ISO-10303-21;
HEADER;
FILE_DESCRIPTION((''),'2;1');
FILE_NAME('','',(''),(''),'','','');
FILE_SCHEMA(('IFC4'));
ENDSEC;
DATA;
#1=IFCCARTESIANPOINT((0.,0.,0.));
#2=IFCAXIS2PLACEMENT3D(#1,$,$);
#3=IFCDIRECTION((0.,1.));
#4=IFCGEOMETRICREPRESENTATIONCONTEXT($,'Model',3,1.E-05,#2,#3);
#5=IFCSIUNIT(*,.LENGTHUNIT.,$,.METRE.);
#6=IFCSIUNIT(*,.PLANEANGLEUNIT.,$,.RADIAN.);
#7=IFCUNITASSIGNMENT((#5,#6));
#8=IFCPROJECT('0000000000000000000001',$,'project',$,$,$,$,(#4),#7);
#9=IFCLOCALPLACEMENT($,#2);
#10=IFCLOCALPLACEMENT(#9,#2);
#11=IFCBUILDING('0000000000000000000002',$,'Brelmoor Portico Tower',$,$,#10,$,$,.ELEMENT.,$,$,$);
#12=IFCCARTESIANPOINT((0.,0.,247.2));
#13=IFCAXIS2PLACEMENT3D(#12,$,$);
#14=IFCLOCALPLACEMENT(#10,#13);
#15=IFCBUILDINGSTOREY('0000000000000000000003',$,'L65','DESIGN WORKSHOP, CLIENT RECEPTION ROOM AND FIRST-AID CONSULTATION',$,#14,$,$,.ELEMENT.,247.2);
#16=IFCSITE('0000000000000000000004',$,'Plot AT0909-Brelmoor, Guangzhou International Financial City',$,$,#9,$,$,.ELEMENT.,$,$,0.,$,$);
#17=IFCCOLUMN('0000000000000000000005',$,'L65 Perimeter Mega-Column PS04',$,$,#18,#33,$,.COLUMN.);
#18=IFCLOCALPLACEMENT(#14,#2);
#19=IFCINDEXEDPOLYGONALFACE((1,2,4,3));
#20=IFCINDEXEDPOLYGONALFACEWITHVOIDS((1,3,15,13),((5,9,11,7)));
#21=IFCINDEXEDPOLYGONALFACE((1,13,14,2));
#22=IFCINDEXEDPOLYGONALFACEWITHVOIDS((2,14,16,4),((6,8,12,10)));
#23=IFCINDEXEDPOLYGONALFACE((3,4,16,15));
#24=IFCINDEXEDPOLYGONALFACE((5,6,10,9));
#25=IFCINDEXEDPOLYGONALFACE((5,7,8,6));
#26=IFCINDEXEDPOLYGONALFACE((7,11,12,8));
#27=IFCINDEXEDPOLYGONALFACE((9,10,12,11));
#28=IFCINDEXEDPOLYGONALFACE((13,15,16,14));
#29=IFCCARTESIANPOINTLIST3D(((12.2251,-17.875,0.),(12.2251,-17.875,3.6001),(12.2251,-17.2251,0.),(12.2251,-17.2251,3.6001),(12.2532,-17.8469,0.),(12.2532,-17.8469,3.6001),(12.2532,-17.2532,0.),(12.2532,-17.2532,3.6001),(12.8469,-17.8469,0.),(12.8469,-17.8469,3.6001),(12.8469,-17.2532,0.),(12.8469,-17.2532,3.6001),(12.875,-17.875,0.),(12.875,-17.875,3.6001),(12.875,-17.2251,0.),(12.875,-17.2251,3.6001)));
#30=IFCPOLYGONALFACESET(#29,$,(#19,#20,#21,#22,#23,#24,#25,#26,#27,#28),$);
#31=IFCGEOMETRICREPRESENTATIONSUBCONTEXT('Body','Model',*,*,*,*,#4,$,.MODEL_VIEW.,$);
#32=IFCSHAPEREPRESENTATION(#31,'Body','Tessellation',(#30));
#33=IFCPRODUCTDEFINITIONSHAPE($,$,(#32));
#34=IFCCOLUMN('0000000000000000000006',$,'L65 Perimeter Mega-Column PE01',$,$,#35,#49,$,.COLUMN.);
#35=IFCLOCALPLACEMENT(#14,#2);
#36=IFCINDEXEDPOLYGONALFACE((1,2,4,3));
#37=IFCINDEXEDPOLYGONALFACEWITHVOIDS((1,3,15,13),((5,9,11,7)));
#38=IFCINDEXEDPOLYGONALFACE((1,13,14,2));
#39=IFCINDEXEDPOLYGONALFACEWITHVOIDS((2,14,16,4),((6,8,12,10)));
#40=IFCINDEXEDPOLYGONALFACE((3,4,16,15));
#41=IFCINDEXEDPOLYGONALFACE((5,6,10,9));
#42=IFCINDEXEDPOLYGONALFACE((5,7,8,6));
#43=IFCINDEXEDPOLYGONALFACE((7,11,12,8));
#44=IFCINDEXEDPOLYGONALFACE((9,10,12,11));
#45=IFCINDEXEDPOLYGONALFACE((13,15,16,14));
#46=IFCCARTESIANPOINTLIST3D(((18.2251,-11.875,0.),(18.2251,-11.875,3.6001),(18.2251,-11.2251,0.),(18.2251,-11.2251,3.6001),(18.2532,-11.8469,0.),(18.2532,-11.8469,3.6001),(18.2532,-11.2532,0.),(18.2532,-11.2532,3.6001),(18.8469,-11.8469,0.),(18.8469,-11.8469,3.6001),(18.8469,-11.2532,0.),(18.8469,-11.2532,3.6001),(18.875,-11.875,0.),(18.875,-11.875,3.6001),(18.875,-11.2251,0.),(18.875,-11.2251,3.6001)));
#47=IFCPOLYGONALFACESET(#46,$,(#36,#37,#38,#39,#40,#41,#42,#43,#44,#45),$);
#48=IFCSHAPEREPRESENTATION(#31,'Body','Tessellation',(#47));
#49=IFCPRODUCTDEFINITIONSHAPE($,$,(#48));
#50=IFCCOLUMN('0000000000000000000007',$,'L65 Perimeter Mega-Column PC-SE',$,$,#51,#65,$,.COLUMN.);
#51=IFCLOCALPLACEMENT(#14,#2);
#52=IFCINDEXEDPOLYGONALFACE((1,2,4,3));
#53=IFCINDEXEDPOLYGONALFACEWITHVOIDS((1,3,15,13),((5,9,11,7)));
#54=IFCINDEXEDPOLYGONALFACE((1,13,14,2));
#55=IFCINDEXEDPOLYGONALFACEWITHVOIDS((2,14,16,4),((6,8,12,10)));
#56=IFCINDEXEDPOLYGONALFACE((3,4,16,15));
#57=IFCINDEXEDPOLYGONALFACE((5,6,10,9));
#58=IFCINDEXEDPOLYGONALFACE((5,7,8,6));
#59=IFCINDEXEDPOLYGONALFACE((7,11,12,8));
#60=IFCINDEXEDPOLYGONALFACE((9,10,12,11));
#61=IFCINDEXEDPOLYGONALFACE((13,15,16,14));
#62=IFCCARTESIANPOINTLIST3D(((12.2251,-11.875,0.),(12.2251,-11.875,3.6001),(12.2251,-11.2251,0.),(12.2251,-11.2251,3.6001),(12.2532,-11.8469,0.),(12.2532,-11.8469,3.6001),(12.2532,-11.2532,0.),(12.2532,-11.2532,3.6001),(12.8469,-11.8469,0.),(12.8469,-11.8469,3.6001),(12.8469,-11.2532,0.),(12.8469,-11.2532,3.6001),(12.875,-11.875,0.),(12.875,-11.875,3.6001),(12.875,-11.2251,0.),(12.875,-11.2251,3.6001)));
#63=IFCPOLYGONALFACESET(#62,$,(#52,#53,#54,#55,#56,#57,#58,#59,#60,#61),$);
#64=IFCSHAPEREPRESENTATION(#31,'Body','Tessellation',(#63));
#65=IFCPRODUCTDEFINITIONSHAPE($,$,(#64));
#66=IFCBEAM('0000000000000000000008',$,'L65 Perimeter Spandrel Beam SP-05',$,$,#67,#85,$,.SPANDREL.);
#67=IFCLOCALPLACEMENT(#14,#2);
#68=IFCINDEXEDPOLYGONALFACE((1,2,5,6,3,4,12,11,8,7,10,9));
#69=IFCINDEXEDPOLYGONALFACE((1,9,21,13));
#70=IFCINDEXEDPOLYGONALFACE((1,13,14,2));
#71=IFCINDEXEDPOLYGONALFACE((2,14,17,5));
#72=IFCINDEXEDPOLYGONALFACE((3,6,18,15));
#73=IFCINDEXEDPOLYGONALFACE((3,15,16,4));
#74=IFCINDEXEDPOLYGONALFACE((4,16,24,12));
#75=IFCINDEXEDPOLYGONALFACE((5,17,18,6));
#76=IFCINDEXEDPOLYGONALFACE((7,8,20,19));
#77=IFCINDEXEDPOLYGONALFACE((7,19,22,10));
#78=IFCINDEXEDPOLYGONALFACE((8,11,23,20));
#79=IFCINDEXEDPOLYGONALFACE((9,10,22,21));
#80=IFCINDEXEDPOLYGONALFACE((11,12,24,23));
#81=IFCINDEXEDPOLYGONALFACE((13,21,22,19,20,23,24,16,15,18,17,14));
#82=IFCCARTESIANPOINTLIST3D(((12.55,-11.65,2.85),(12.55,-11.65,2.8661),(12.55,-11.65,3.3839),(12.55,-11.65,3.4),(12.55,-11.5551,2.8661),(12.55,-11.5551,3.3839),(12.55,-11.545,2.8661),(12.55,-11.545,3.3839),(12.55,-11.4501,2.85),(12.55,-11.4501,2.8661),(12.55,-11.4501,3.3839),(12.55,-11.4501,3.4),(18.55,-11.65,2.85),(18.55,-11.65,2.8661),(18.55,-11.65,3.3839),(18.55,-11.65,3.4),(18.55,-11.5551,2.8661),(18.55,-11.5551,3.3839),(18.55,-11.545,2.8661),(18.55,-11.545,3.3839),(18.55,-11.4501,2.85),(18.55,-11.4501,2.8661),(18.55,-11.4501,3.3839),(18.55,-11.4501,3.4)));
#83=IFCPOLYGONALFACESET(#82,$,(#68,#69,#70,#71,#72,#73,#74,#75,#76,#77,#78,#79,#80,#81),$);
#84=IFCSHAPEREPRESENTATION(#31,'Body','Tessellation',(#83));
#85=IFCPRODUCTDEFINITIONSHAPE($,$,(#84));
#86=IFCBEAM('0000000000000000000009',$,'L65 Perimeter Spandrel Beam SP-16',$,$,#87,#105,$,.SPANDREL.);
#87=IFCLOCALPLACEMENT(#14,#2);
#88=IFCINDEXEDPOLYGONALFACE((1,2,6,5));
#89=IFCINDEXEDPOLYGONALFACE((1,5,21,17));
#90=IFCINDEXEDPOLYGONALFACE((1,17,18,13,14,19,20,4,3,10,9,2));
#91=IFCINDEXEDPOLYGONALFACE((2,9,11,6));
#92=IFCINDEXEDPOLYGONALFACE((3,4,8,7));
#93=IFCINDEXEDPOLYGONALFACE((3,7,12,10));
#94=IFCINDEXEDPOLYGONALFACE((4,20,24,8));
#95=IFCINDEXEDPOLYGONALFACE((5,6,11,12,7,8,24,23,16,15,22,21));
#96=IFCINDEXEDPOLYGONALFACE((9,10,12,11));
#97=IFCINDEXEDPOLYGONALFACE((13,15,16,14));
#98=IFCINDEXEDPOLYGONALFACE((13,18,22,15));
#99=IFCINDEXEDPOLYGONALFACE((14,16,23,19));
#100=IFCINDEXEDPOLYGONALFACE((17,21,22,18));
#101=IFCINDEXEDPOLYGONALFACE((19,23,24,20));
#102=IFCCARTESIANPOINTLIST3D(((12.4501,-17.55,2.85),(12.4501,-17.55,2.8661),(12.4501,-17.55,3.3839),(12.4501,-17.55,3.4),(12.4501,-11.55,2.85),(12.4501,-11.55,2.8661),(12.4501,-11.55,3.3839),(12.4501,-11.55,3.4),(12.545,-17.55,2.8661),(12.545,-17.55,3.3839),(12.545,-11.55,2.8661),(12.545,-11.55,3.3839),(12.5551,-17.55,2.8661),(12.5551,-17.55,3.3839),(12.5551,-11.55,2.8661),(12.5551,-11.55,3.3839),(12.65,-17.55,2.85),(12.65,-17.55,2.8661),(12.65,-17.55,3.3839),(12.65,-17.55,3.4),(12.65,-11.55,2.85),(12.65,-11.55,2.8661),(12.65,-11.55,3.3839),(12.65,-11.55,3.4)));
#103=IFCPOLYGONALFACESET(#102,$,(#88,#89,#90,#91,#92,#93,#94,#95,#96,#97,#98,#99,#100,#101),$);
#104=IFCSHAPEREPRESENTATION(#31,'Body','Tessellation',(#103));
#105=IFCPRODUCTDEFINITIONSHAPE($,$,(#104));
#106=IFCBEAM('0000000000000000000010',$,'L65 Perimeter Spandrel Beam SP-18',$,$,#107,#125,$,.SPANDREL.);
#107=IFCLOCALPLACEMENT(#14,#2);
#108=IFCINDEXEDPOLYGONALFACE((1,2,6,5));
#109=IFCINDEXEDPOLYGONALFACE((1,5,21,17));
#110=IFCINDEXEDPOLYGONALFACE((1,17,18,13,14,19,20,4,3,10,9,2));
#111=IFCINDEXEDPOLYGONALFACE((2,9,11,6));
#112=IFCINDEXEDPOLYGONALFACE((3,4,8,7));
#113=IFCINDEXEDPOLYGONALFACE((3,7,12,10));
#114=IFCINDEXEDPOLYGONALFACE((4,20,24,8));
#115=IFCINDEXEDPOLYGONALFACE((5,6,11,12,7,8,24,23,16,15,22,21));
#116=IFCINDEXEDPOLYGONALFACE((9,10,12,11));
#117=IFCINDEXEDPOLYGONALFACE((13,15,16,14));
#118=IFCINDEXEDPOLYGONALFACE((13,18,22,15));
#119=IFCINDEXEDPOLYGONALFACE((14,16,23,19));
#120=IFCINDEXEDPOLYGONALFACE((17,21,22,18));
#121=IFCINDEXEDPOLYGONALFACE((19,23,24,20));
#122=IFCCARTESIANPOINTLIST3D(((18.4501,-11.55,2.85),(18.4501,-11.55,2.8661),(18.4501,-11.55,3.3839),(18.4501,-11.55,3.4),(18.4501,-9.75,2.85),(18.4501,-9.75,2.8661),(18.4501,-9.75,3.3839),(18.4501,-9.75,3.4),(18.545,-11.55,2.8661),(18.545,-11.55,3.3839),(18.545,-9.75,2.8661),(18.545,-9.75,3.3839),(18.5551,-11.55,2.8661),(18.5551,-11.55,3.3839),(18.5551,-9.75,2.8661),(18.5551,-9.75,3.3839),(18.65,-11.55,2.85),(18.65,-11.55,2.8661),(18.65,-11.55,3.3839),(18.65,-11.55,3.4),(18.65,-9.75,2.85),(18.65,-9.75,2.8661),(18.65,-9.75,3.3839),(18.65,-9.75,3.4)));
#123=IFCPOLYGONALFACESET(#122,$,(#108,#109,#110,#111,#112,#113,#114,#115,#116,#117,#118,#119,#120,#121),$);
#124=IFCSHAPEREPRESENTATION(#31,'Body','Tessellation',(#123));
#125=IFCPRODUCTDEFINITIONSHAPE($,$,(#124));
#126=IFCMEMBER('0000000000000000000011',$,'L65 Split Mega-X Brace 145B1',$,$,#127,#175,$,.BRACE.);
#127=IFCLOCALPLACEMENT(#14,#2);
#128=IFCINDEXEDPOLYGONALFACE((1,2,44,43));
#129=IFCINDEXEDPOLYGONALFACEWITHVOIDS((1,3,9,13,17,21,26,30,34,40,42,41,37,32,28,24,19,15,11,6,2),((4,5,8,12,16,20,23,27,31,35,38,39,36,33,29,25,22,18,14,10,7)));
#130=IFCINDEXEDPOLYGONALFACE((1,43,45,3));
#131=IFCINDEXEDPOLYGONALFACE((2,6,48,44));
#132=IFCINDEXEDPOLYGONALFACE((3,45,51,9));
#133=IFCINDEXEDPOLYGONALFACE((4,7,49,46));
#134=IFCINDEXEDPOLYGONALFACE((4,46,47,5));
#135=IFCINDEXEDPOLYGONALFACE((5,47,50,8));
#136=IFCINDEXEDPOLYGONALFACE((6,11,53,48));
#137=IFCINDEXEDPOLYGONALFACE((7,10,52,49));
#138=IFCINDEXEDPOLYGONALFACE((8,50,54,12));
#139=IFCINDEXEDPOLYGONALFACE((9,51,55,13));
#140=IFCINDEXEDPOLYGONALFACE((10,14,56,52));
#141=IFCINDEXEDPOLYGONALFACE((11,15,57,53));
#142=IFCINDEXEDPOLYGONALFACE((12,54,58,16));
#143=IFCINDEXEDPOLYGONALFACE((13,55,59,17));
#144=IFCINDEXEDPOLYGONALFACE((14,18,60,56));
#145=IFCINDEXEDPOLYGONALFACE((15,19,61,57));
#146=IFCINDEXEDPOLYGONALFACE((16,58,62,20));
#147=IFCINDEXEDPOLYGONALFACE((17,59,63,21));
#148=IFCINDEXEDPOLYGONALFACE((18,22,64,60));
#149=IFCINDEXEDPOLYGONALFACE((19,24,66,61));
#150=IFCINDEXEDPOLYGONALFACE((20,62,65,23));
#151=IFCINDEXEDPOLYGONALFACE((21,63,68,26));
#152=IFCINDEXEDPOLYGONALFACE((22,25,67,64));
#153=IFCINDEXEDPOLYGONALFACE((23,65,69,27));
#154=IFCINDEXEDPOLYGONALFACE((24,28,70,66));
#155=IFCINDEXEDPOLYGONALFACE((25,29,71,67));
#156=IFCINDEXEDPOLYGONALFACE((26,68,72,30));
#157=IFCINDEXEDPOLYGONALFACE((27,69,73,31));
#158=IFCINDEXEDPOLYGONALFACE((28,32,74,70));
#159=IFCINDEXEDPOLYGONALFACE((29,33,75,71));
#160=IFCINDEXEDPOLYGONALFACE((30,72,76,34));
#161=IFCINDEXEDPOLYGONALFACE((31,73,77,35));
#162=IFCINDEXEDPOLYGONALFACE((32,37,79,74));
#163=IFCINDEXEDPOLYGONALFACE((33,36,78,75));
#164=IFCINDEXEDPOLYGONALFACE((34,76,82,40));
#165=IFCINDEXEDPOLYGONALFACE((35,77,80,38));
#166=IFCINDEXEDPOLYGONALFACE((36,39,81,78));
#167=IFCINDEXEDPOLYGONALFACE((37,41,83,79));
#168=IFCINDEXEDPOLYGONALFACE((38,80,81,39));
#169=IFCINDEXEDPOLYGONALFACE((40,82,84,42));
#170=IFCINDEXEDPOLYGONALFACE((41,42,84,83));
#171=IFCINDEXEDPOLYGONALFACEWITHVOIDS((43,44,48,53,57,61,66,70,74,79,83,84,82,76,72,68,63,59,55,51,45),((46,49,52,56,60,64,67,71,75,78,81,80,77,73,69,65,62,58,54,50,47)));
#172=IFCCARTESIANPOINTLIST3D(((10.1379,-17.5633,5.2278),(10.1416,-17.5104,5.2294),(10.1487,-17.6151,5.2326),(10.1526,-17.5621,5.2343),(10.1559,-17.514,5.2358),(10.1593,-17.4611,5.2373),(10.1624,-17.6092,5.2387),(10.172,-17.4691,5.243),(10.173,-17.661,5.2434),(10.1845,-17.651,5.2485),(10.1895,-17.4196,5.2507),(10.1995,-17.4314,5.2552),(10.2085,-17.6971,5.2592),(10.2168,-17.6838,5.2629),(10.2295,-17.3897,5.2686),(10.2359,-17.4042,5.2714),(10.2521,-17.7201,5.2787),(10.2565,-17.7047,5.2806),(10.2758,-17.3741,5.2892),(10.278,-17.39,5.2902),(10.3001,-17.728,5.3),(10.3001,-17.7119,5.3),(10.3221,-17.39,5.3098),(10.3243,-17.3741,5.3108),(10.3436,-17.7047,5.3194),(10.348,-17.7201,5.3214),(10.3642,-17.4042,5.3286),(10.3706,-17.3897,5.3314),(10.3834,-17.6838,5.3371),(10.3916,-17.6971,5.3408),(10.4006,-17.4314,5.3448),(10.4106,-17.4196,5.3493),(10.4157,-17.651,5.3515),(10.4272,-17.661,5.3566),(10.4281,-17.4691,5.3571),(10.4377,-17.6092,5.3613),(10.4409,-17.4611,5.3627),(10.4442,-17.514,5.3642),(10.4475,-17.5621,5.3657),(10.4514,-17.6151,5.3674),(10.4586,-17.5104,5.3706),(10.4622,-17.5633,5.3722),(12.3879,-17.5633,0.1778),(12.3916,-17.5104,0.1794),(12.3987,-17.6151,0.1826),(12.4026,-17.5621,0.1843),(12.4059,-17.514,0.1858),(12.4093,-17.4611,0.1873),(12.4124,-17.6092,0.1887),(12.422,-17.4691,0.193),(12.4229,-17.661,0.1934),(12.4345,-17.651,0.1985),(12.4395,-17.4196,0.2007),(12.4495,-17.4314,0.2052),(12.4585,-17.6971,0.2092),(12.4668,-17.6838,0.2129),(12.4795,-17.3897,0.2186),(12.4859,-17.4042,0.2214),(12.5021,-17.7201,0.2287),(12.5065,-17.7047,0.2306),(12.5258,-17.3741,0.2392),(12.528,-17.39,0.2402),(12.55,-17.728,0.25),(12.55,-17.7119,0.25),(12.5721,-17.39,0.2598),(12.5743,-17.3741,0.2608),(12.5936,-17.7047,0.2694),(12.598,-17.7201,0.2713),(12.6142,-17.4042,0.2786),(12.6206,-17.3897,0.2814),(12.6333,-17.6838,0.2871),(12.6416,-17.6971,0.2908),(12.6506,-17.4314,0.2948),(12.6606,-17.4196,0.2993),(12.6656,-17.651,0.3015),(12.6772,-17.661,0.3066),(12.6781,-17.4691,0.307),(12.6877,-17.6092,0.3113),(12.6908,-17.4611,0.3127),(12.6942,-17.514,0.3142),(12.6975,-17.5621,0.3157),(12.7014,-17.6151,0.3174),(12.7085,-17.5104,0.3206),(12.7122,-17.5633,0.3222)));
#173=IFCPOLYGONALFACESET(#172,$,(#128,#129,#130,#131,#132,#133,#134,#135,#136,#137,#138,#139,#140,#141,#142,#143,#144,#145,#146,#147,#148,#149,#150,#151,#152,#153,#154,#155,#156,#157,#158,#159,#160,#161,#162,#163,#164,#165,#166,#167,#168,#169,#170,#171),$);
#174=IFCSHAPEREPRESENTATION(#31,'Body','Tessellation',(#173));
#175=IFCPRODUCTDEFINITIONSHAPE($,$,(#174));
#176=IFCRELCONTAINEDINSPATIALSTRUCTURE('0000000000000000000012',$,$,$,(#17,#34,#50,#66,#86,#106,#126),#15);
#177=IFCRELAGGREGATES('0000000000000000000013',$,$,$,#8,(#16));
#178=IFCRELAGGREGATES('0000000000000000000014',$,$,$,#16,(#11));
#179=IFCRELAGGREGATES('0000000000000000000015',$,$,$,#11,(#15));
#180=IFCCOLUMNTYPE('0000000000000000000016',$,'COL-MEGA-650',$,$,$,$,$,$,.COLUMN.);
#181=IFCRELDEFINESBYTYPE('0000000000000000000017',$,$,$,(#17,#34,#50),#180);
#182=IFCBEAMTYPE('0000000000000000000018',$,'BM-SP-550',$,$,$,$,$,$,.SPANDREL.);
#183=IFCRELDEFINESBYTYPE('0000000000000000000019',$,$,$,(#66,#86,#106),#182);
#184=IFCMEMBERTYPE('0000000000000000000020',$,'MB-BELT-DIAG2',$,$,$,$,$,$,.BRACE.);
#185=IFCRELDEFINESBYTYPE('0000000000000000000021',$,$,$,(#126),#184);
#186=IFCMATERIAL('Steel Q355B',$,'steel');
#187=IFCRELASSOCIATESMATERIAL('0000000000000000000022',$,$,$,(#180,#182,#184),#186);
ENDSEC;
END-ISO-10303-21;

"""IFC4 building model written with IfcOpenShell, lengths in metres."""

from ifc_helpers import new_model, si_unit, direction, frame, origin, origin_2d, place, context, subcontext, project, spatial, hollow_rectangle, hollow_circle, i_section, extrude, material, material_profile, profile_set, type_object, element, save


model = new_model("IFC4")

# Units and contexts
model_context = context("Model", 3, precision=1e-05, world=origin(), true_north=direction((0.0, 1.0)))
body_context = subcontext(model_context, "Body", "Model", "MODEL_VIEW")
ifc_project = project(units=[si_unit("LENGTHUNIT", "METRE"), si_unit("PLANEANGLEUNIT", "RADIAN")], contexts=[model_context])

# Site, building, storey
site_placement = place(None, origin())
site = spatial("IfcSite", under=ifc_project, at=site_placement, Name="Plot AT0909-Brelmoor, Guangzhou International Financial City", CompositionType="ELEMENT", RefElevation=0.0)
building_placement = place(site_placement, origin())
building = spatial("IfcBuilding", under=site, at=building_placement, Name="Brelmoor Portico Tower", CompositionType="ELEMENT")
storey_placement = place(building_placement, frame((0.0, 0.0, 247.2)))
storey = spatial("IfcBuildingStorey", under=building, at=storey_placement, Name="L65", Description="DESIGN WORKSHOP, CLIENT RECEPTION ROOM AND FIRST-AID CONSULTATION", CompositionType="ELEMENT", Elevation=247.2)

# Columns
ifc_material_1 = material(Name="Steel Q355B", Category="steel")
ifc_material_profile_1 = material_profile(ifc_material_1, hollow_rectangle(XDim=0.6499, YDim=0.6499, WallThickness=0.0281, at=origin_2d()), Name="BOX 650x650x28")
ifc_profile_set_1 = profile_set([ifc_material_profile_1], Name="Steel Q355B")
column_type = type_object("IfcColumnType", Name="COL-MEGA-650", PredefinedType="COLUMN", material=ifc_profile_set_1)
for number, where, z_axis, x_axis, name in (
    (1, (12.55, -17.55, 0.0), (0.0, 0.0, 1.0), (1.0, 0.0, 0.0), "L65 Perimeter Mega-Column PS04"),
    (2, (18.55, -11.55, 0.0), (0.0, 0.0, 1.0), (0.0, 1.0, 0.0), "L65 Perimeter Mega-Column PE01"),
    (3, (12.55, -11.55, 0.0), (0.0, 0.0, 1.0), (1.0, 0.0, 0.0), "L65 Perimeter Mega-Column PC-SE"),
):
    element("IfcColumn", number, at=place(storey_placement, frame(where, z_axis=z_axis, x_axis=x_axis)), inside=storey, type_object=column_type, Name=name, PredefinedType="COLUMN", context=body_context, shape_type="SweptSolid", body=[
        extrude(hollow_rectangle(XDim=0.6499, YDim=0.6499, WallThickness=0.0281, at=origin_2d()), origin(), (0.0, 0.0, 1.0), 3.6001),
    ])

# Beams
ifc_material_profile_2 = material_profile(ifc_material_1, i_section(OverallWidth=0.2, OverallDepth=0.55, WebThickness=0.01, FlangeThickness=0.0161, at=origin_2d()), Name="HN 550x200x10x16")
ifc_profile_set_2 = profile_set([ifc_material_profile_2], Name="Steel Q355B")
beam_type = type_object("IfcBeamType", Name="BM-SP-550", PredefinedType="SPANDREL", material=ifc_profile_set_2)
for number, where, z_axis, x_axis, name in (
    (4, (12.55, -11.55, 3.125), (1.0, 0.0, 0.0), (0.0, 1.0, 0.0), "L65 Perimeter Spandrel Beam SP-05"),
    (5, (12.55, -17.55, 3.125), (0.0, 1.0, 0.0), (-1.0, 0.0, 0.0), "L65 Perimeter Spandrel Beam SP-16"),
):
    element("IfcBeam", number, at=place(storey_placement, frame(where, z_axis=z_axis, x_axis=x_axis)), inside=storey, type_object=beam_type, Name=name, PredefinedType="SPANDREL", context=body_context, shape_type="SweptSolid", body=[
        extrude(i_section(OverallWidth=0.2, OverallDepth=0.55, WebThickness=0.01, FlangeThickness=0.0161, at=origin_2d()), origin(), (0.0, 0.0, 1.0), 6.0),
    ])
beam_placement = place(storey_placement, frame((18.55, -11.55, 3.125), z_axis=(0.0, 1.0, 0.0), x_axis=(-1.0, 0.0, 0.0)))
element("IfcBeam", 6, at=beam_placement, inside=storey, type_object=beam_type, Name="L65 Perimeter Spandrel Beam SP-18", PredefinedType="SPANDREL", context=body_context, shape_type="SweptSolid", body=[
    extrude(i_section(OverallWidth=0.2, OverallDepth=0.55, WebThickness=0.01, FlangeThickness=0.0161, at=origin_2d()), origin(), (0.0, 0.0, 1.0), 1.8),
])

# Member
ifc_material_profile_3 = material_profile(ifc_material_1, hollow_circle(Radius=0.178, WallThickness=0.0161, at=origin_2d()), Name="CHS 356x16")
ifc_profile_set_3 = profile_set([ifc_material_profile_3], Name="Steel Q355B")
member_type_1 = type_object("IfcMemberType", Name="MB-BELT-DIAG2", PredefinedType="BRACE", material=ifc_profile_set_3)
for number, where, z_axis, x_axis, name in (
    (7, (12.55, -17.55, 0.25), (-0.406974, 0.0, 0.91344), (0.0, -1.0, 0.0), "L65 Split Mega-X Brace 145B1"),
):
    element("IfcMember", number, at=place(storey_placement, frame(where, z_axis=z_axis, x_axis=x_axis)), inside=storey, type_object=member_type_1, Name=name, PredefinedType="BRACE", context=body_context, shape_type="SweptSolid", body=[
        extrude(hollow_circle(Radius=0.178, WallThickness=0.0161, at=origin_2d()), origin(), (0.0, 0.0, 1.0), 5.5286),
    ])

save(model, "model.ifc")
